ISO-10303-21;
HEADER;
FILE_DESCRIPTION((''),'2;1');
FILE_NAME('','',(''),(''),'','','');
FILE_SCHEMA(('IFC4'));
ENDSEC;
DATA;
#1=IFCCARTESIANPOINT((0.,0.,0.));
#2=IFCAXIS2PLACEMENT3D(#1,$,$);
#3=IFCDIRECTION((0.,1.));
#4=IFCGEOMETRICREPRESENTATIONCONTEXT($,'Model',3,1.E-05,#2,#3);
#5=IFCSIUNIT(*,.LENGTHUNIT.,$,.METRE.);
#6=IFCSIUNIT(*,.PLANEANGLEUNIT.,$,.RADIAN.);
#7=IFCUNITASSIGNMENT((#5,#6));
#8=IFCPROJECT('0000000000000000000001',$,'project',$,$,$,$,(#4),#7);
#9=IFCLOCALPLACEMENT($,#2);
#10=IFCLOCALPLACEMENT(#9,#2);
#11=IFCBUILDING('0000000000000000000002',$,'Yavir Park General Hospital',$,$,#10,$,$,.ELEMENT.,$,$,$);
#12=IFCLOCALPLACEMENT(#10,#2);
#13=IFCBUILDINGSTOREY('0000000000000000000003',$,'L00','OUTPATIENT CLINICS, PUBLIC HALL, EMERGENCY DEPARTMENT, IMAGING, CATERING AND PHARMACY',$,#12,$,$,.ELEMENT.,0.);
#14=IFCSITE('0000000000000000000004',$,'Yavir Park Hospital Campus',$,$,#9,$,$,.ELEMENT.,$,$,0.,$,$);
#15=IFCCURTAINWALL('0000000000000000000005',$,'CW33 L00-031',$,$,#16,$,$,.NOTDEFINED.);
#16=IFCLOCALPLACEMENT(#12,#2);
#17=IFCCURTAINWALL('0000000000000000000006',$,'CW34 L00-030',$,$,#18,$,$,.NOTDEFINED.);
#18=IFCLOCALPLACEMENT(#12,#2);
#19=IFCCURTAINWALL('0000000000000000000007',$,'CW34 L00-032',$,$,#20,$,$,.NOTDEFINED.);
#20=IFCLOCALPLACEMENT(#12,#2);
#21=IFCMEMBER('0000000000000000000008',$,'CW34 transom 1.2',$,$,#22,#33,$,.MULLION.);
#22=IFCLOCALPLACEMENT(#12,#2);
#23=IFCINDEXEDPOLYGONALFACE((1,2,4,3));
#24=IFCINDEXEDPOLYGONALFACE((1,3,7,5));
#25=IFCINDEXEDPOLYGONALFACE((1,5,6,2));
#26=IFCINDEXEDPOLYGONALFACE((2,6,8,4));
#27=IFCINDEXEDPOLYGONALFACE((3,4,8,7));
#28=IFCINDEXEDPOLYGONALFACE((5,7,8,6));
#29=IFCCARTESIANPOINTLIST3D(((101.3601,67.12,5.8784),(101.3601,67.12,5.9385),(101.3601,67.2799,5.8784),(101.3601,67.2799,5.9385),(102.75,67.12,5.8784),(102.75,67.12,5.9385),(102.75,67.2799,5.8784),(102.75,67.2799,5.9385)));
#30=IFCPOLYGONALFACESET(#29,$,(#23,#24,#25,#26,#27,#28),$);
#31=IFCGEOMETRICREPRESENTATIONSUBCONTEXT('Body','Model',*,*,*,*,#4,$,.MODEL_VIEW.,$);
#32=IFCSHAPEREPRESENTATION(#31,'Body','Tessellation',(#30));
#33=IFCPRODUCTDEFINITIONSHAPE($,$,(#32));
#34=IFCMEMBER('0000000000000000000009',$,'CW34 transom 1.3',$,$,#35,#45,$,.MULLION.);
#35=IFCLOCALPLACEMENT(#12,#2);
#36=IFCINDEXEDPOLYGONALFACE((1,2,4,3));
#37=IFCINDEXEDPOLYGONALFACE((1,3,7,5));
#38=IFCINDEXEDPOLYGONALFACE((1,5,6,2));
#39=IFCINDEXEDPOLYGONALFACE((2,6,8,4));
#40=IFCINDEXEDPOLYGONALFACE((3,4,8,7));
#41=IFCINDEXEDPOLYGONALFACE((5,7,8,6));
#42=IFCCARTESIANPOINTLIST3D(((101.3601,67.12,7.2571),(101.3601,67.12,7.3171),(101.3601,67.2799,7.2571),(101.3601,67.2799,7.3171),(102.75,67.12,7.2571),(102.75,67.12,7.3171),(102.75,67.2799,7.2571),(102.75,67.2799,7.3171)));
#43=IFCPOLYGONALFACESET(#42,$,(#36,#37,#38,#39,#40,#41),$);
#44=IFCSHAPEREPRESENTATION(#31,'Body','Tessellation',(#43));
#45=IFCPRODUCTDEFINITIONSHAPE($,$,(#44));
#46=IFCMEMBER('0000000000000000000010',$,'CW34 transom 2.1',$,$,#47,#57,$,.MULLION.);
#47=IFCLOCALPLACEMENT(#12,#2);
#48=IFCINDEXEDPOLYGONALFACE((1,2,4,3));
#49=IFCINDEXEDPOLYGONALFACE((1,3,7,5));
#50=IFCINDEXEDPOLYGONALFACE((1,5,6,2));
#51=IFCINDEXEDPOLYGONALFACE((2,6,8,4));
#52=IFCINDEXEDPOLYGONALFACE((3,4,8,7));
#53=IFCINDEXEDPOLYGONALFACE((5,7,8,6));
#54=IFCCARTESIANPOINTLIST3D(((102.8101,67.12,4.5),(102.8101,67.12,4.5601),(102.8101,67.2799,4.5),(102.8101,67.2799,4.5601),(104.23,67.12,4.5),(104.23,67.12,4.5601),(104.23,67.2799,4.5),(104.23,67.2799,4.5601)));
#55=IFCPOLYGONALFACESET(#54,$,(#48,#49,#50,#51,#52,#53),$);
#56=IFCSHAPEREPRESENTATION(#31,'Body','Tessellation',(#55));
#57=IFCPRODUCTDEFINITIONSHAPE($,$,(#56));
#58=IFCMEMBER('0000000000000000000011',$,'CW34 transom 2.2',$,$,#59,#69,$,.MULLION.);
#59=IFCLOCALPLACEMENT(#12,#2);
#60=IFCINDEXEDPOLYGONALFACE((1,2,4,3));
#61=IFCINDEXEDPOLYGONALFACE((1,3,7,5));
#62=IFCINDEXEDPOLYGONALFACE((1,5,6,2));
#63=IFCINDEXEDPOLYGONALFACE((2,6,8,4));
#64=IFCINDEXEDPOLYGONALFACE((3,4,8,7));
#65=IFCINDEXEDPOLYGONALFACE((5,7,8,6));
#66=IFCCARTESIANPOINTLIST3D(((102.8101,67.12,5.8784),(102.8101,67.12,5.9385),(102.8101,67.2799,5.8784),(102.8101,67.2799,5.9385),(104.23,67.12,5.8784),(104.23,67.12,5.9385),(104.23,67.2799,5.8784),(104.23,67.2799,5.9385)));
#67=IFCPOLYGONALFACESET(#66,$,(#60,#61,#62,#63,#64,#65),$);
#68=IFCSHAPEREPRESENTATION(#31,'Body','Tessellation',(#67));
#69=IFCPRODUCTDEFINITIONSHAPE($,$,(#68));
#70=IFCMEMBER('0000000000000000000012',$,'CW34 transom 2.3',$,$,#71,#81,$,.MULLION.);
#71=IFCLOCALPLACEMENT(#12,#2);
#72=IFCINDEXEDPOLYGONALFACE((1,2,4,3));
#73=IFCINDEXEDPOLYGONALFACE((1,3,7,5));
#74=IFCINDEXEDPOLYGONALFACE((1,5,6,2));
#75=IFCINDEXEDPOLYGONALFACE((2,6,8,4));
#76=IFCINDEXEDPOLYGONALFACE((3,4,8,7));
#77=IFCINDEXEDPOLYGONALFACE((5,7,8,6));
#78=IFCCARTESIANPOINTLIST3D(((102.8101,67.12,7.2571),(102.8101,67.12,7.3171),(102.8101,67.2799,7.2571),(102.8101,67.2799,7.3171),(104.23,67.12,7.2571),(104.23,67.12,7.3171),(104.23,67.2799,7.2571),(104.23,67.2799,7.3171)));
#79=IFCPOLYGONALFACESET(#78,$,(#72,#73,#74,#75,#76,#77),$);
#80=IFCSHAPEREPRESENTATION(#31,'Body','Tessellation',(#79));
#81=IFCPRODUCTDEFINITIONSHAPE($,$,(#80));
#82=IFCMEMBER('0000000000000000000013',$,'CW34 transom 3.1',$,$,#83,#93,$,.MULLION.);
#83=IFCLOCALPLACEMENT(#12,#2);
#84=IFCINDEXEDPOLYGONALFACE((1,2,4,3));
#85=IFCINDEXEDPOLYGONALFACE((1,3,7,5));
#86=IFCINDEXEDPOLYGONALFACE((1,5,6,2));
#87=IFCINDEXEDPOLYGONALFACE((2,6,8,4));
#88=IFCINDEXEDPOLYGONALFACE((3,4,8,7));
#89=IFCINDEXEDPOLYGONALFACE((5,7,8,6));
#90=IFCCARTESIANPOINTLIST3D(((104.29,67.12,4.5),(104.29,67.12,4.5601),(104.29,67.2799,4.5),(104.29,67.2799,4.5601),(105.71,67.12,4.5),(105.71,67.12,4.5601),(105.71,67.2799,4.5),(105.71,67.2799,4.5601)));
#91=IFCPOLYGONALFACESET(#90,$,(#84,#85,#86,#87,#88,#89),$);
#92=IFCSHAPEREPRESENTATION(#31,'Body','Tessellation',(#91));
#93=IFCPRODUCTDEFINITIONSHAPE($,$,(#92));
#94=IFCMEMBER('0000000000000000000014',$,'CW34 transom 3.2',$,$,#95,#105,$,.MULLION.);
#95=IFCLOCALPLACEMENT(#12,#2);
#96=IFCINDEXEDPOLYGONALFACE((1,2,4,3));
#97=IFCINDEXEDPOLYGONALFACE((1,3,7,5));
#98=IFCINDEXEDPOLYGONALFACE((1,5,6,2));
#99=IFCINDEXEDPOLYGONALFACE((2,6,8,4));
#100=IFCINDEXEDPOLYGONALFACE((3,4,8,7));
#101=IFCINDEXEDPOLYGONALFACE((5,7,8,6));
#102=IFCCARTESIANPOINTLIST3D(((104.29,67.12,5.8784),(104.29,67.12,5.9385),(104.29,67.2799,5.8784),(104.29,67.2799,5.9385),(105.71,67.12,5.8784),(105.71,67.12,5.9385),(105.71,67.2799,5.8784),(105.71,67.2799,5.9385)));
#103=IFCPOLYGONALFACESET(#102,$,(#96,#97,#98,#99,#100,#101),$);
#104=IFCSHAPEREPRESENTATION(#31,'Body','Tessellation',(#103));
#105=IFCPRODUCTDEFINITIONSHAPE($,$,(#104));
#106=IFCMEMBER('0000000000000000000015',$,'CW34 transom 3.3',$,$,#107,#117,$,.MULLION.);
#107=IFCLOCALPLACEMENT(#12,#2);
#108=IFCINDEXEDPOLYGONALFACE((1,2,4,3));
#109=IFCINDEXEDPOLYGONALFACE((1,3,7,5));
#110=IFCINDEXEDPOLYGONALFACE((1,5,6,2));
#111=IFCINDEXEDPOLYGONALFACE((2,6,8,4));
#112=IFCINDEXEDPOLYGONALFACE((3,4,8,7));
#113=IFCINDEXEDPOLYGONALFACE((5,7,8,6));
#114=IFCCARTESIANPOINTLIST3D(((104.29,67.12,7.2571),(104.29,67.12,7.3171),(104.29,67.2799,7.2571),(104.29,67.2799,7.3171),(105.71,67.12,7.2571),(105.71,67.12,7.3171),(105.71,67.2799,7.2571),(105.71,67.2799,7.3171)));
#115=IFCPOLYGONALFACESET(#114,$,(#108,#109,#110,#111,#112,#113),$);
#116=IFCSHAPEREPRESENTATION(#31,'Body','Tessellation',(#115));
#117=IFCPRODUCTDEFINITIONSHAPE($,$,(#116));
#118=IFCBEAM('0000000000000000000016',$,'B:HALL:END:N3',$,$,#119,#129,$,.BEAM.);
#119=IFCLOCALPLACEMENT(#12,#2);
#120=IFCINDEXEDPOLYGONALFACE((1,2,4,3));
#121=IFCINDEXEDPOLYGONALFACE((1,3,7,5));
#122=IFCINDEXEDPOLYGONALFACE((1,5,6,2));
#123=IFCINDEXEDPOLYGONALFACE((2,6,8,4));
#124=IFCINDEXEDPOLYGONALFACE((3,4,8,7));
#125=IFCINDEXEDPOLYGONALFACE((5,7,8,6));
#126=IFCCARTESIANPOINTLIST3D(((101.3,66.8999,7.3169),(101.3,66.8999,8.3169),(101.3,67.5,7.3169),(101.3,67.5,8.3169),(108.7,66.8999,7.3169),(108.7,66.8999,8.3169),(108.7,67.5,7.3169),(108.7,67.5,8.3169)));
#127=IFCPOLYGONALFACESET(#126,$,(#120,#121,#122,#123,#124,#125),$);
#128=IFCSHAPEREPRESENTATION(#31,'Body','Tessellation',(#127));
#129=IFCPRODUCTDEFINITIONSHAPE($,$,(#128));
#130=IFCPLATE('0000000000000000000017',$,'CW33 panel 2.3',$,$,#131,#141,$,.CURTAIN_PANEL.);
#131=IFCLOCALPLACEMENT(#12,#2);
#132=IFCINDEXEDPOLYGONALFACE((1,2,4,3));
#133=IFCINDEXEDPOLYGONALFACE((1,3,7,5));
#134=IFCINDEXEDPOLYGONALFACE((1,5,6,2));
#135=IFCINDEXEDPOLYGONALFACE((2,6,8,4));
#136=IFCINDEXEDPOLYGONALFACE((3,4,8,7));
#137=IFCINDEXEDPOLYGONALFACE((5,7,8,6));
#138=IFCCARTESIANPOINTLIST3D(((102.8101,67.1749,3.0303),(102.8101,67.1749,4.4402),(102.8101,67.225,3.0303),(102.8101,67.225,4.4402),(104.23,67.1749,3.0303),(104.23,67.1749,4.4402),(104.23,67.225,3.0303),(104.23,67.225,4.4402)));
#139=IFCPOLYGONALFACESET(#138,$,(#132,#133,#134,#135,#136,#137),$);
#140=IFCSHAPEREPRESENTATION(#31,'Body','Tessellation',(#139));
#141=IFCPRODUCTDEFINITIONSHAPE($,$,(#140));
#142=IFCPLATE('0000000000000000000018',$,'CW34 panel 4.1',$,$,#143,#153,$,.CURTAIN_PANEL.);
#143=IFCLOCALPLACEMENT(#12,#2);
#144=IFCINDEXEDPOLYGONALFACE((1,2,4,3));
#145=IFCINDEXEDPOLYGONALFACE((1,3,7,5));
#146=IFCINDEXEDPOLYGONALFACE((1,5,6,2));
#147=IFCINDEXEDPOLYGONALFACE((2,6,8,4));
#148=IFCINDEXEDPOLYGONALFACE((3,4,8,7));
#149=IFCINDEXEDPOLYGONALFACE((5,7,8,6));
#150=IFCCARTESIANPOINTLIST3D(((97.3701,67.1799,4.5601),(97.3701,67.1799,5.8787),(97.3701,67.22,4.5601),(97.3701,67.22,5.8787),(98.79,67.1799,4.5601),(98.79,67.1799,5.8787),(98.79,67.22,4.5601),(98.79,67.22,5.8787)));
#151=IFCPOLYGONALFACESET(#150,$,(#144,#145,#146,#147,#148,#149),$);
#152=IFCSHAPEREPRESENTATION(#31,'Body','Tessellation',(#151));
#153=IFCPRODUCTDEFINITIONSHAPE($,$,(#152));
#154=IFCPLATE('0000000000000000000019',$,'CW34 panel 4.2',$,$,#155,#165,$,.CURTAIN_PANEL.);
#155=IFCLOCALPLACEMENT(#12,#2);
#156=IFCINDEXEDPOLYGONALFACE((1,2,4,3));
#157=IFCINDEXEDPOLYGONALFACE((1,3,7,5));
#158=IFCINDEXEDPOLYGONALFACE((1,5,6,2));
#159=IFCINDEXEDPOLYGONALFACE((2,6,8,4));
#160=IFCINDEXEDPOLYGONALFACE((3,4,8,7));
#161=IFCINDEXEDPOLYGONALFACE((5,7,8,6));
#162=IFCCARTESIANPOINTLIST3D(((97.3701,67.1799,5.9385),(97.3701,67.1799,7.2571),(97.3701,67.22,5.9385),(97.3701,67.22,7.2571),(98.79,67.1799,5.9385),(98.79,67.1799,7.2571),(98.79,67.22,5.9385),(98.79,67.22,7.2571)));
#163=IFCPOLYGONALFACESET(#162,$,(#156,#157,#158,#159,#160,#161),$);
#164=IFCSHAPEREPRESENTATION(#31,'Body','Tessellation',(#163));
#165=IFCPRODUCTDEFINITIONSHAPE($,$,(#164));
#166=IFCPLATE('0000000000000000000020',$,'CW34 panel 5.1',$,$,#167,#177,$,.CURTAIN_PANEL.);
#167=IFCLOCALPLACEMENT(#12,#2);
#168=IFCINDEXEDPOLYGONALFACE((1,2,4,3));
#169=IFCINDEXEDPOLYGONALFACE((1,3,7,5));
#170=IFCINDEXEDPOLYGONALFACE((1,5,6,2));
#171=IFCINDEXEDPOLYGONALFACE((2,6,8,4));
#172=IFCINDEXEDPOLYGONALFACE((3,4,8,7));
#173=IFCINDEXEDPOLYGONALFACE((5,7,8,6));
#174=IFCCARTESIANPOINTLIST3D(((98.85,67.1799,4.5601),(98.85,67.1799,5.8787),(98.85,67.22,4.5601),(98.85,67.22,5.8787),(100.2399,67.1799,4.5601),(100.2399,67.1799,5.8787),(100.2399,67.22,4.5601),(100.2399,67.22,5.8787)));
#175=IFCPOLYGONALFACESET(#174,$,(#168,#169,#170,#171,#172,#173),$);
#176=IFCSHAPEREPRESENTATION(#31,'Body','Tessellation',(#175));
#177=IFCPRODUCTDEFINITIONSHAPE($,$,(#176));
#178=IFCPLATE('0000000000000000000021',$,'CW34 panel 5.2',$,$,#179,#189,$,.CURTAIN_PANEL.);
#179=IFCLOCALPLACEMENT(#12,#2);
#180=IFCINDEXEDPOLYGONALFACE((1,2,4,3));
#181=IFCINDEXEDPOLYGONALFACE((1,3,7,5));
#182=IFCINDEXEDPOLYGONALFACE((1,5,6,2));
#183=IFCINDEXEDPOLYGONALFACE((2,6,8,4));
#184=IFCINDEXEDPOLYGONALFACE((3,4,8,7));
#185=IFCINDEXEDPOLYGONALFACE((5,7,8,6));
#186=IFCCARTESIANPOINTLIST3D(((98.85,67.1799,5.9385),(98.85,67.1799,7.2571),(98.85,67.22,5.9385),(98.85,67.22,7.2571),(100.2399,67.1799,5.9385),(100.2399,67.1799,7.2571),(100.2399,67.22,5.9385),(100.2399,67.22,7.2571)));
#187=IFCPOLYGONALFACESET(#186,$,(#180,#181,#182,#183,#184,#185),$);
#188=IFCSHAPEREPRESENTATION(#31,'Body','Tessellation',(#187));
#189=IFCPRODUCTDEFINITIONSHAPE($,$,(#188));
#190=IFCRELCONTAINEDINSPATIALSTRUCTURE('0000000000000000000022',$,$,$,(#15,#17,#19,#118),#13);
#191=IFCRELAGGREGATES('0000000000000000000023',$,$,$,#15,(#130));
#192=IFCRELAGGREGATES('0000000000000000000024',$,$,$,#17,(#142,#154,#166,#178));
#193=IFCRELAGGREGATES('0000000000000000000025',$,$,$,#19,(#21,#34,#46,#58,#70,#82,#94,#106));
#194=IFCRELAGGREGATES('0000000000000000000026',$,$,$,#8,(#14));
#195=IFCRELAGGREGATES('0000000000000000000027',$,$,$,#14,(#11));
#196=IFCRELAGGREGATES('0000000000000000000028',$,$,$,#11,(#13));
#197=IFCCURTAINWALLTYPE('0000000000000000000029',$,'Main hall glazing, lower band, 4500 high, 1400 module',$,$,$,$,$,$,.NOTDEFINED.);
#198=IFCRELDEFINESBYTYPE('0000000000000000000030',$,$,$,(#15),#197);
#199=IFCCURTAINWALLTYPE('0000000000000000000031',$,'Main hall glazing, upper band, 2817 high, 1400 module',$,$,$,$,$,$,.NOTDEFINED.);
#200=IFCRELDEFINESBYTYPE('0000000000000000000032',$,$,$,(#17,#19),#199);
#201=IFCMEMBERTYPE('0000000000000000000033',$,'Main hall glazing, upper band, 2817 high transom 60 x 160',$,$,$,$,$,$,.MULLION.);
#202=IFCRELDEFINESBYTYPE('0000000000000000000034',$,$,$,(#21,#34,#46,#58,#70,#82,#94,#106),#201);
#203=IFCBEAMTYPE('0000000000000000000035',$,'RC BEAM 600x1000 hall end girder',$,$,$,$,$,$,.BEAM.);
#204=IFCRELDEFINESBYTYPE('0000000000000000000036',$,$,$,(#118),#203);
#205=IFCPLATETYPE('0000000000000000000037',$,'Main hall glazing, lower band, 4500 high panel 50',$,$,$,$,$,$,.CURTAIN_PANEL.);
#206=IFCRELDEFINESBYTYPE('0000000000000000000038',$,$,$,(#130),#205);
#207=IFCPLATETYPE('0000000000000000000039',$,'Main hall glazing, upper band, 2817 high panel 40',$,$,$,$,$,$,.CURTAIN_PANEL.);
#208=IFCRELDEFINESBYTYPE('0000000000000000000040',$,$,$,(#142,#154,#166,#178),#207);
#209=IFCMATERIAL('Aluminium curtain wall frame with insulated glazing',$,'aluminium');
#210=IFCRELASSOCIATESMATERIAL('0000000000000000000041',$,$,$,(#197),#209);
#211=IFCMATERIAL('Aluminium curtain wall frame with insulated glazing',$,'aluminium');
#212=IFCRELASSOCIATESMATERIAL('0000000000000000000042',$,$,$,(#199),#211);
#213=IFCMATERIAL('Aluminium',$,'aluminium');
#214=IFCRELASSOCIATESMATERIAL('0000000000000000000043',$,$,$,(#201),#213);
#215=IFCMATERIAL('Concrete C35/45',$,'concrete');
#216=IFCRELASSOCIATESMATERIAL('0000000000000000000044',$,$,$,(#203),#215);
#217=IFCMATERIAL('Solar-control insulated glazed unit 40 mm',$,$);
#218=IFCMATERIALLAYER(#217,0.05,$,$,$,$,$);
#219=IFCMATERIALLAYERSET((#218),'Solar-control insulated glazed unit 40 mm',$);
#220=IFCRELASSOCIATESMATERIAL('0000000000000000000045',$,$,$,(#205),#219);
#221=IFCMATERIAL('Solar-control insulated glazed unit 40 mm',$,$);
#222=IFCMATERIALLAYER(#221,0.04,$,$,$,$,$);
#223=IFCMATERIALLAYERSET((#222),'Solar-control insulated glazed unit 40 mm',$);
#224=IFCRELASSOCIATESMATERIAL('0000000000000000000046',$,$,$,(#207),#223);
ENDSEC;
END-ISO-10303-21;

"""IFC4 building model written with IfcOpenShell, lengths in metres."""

from ifc_helpers import new_model, si_unit, direction, frame, origin, origin_2d, place, context, subcontext, project, spatial, rectangle, extrude, material, layer, layer_set, material_profile, profile_set, type_object, element, aggregate, save


model = new_model("IFC4")

# Units and contexts
model_context = context("Model", 3, precision=1e-05, world=origin(), true_north=direction((0.0, 1.0)))
body_context = subcontext(model_context, "Body", "Model", "MODEL_VIEW")
ifc_project = project(units=[si_unit("LENGTHUNIT", "METRE"), si_unit("PLANEANGLEUNIT", "RADIAN")], contexts=[model_context])

# Site, building, storey
site_placement = place(None, origin())
site = spatial("IfcSite", under=ifc_project, at=site_placement, Name="Yavir Park Hospital Campus", CompositionType="ELEMENT", RefElevation=0.0)
building_placement = place(site_placement, origin())
building = spatial("IfcBuilding", under=site, at=building_placement, Name="Yavir Park General Hospital", CompositionType="ELEMENT")
storey_placement = place(building_placement, origin())
storey = spatial("IfcBuildingStorey", under=building, at=storey_placement, Name="L00", Description="OUTPATIENT CLINICS, PUBLIC HALL, EMERGENCY DEPARTMENT, IMAGING, CATERING AND PHARMACY", CompositionType="ELEMENT", Elevation=0.0)

# Shared definitions
ifc_material_1 = material(Name="Aluminium curtain wall frame with insulated glazing", Category="aluminium")
curtain_wall_type_1 = type_object("IfcCurtainWallType", Name="Main hall glazing, lower band, 4500 high, 1400 module", PredefinedType="NOTDEFINED", material=ifc_material_1)

# Curtain walls
curtain_wall_1_placement = place(storey_placement, origin())
curtain_wall_1 = element("IfcCurtainWall", 1, at=curtain_wall_1_placement, inside=storey, type_object=curtain_wall_type_1, Name="CW33 L00-031", PredefinedType="NOTDEFINED")
ifc_material_2 = material(Name="Aluminium curtain wall frame with insulated glazing", Category="aluminium")
curtain_wall_type_2 = type_object("IfcCurtainWallType", Name="Main hall glazing, upper band, 2817 high, 1400 module", PredefinedType="NOTDEFINED", material=ifc_material_2)
curtain_wall_2_placement = place(storey_placement, origin())
curtain_wall_2 = element("IfcCurtainWall", 2, at=curtain_wall_2_placement, inside=storey, type_object=curtain_wall_type_2, Name="CW34 L00-030", PredefinedType="NOTDEFINED")
curtain_wall_3_placement = place(storey_placement, origin())
curtain_wall_3 = element("IfcCurtainWall", 3, at=curtain_wall_3_placement, inside=storey, type_object=curtain_wall_type_2, Name="CW34 L00-032", PredefinedType="NOTDEFINED")

# Members
ifc_material_3 = material(Name="Aluminium", Category="aluminium")
ifc_material_profile_1 = material_profile(ifc_material_3, rectangle(XDim=0.1599, YDim=0.0601, at=origin_2d()), Name="AL 160x60")
ifc_profile_set_1 = profile_set([ifc_material_profile_1], Name="Aluminium")
member_type_1 = type_object("IfcMemberType", Name="Main hall glazing, upper band, 2817 high transom 60 x 160", PredefinedType="MULLION", material=ifc_profile_set_1)
member_1_placement = place(storey_placement, frame((101.3601, 67.2, 5.9084), z_axis=(1.0, 0.0, 0.0), x_axis=(0.0, 1.0, 0.0)))
member_1 = element("IfcMember", 4, at=member_1_placement, type_object=member_type_1, Name="CW34 transom 1.2", PredefinedType="MULLION", context=body_context, shape_type="SweptSolid", body=[
    extrude(rectangle(XDim=0.1599, YDim=0.0601, at=origin_2d()), origin(), (0.0, 0.0, 1.0), 1.3899),
])
member_2_placement = place(storey_placement, frame((101.3601, 67.2, 7.2871), z_axis=(1.0, 0.0, 0.0), x_axis=(0.0, 1.0, 0.0)))
member_2 = element("IfcMember", 5, at=member_2_placement, type_object=member_type_1, Name="CW34 transom 1.3", PredefinedType="MULLION", context=body_context, shape_type="SweptSolid", body=[
    extrude(rectangle(XDim=0.1599, YDim=0.0601, at=origin_2d()), origin(), (0.0, 0.0, 1.0), 1.3899),
])
member_3_placement = place(storey_placement, frame((102.8101, 67.2, 4.53), z_axis=(1.0, 0.0, 0.0), x_axis=(0.0, 1.0, 0.0)))
member_3 = element("IfcMember", 6, at=member_3_placement, type_object=member_type_1, Name="CW34 transom 2.1", PredefinedType="MULLION", context=body_context, shape_type="SweptSolid", body=[
    extrude(rectangle(XDim=0.1599, YDim=0.0601, at=origin_2d()), origin(), (0.0, 0.0, 1.0), 1.4199),
])
member_4_placement = place(storey_placement, frame((102.8101, 67.2, 5.9084), z_axis=(1.0, 0.0, 0.0), x_axis=(0.0, 1.0, 0.0)))
member_4 = element("IfcMember", 7, at=member_4_placement, type_object=member_type_1, Name="CW34 transom 2.2", PredefinedType="MULLION", context=body_context, shape_type="SweptSolid", body=[
    extrude(rectangle(XDim=0.1599, YDim=0.0601, at=origin_2d()), origin(), (0.0, 0.0, 1.0), 1.4199),
])
member_5_placement = place(storey_placement, frame((102.8101, 67.2, 7.2871), z_axis=(1.0, 0.0, 0.0), x_axis=(0.0, 1.0, 0.0)))
member_5 = element("IfcMember", 8, at=member_5_placement, type_object=member_type_1, Name="CW34 transom 2.3", PredefinedType="MULLION", context=body_context, shape_type="SweptSolid", body=[
    extrude(rectangle(XDim=0.1599, YDim=0.0601, at=origin_2d()), origin(), (0.0, 0.0, 1.0), 1.4199),
])
member_6_placement = place(storey_placement, frame((104.29, 67.2, 4.53), z_axis=(1.0, 0.0, 0.0), x_axis=(0.0, 1.0, 0.0)))
member_6 = element("IfcMember", 9, at=member_6_placement, type_object=member_type_1, Name="CW34 transom 3.1", PredefinedType="MULLION", context=body_context, shape_type="SweptSolid", body=[
    extrude(rectangle(XDim=0.1599, YDim=0.0601, at=origin_2d()), origin(), (0.0, 0.0, 1.0), 1.4199),
])
member_7_placement = place(storey_placement, frame((104.29, 67.2, 5.9084), z_axis=(1.0, 0.0, 0.0), x_axis=(0.0, 1.0, 0.0)))
member_7 = element("IfcMember", 10, at=member_7_placement, type_object=member_type_1, Name="CW34 transom 3.2", PredefinedType="MULLION", context=body_context, shape_type="SweptSolid", body=[
    extrude(rectangle(XDim=0.1599, YDim=0.0601, at=origin_2d()), origin(), (0.0, 0.0, 1.0), 1.4199),
])
member_8_placement = place(storey_placement, frame((104.29, 67.2, 7.2871), z_axis=(1.0, 0.0, 0.0), x_axis=(0.0, 1.0, 0.0)))
member_8 = element("IfcMember", 11, at=member_8_placement, type_object=member_type_1, Name="CW34 transom 3.3", PredefinedType="MULLION", context=body_context, shape_type="SweptSolid", body=[
    extrude(rectangle(XDim=0.1599, YDim=0.0601, at=origin_2d()), origin(), (0.0, 0.0, 1.0), 1.4199),
])

# Beam
ifc_material_4 = material(Name="Concrete C35/45", Category="concrete")
ifc_material_profile_2 = material_profile(ifc_material_4, rectangle(XDim=0.6001, YDim=1.0, at=origin_2d()), Name="RC600x1000")
ifc_profile_set_2 = profile_set([ifc_material_profile_2], Name="Concrete C35/45")
beam_type = type_object("IfcBeamType", Name="RC BEAM 600x1000 hall end girder", PredefinedType="BEAM", material=ifc_profile_set_2)
beam_placement = place(storey_placement, frame((101.3, 67.2, 7.8169), z_axis=(1.0, 0.0, 0.0), x_axis=(0.0, 1.0, 0.0)))
element("IfcBeam", 12, at=beam_placement, inside=storey, type_object=beam_type, Name="B:HALL:END:N3", PredefinedType="BEAM", context=body_context, shape_type="SweptSolid", body=[
    extrude(rectangle(XDim=0.6001, YDim=1.0, at=origin_2d()), origin(), (0.0, 0.0, 1.0), 7.3999),
])

# Plates
ifc_material_5 = material(Name="Solar-control insulated glazed unit 40 mm")
ifc_layer_1 = layer(ifc_material_5, 0.05)
ifc_layer_set_1 = layer_set([ifc_layer_1], Name="Solar-control insulated glazed unit 40 mm")
plate_type_1 = type_object("IfcPlateType", Name="Main hall glazing, lower band, 4500 high panel 50", PredefinedType="CURTAIN_PANEL", material=ifc_layer_set_1)
plate_1_placement = place(storey_placement, frame((103.52, 67.2, 3.0303), z_axis=(0.0, 0.0, 1.0), x_axis=(1.0, 0.0, 0.0)))
plate_1 = element("IfcPlate", 13, at=plate_1_placement, type_object=plate_type_1, Name="CW33 panel 2.3", PredefinedType="CURTAIN_PANEL", context=body_context, shape_type="SweptSolid", body=[
    extrude(rectangle(XDim=1.4199, YDim=0.05, at=origin_2d()), origin(), (0.0, 0.0, 1.0), 1.4099),
])
aggregate(curtain_wall_1, [plate_1])
ifc_material_6 = material(Name="Solar-control insulated glazed unit 40 mm")
ifc_layer_2 = layer(ifc_material_6, 0.04)
ifc_layer_set_2 = layer_set([ifc_layer_2], Name="Solar-control insulated glazed unit 40 mm")
plate_type_2 = type_object("IfcPlateType", Name="Main hall glazing, upper band, 2817 high panel 40", PredefinedType="CURTAIN_PANEL", material=ifc_layer_set_2)
plate_2_placement = place(storey_placement, frame((98.0801, 67.2, 4.5601), z_axis=(0.0, 0.0, 1.0), x_axis=(1.0, 0.0, 0.0)))
plate_2 = element("IfcPlate", 14, at=plate_2_placement, type_object=plate_type_2, Name="CW34 panel 4.1", PredefinedType="CURTAIN_PANEL", context=body_context, shape_type="SweptSolid", body=[
    extrude(rectangle(XDim=1.4199, YDim=0.04, at=origin_2d()), origin(), (0.0, 0.0, 1.0), 1.3186),
])
plate_3_placement = place(storey_placement, frame((98.0801, 67.2, 5.9385), z_axis=(0.0, 0.0, 1.0), x_axis=(1.0, 0.0, 0.0)))
plate_3 = element("IfcPlate", 15, at=plate_3_placement, type_object=plate_type_2, Name="CW34 panel 4.2", PredefinedType="CURTAIN_PANEL", context=body_context, shape_type="SweptSolid", body=[
    extrude(rectangle(XDim=1.4199, YDim=0.04, at=origin_2d()), origin(), (0.0, 0.0, 1.0), 1.3186),
])
plate_4_placement = place(storey_placement, frame((99.5449, 67.2, 4.5601), z_axis=(0.0, 0.0, 1.0), x_axis=(1.0, 0.0, 0.0)))
plate_4 = element("IfcPlate", 16, at=plate_4_placement, type_object=plate_type_2, Name="CW34 panel 5.1", PredefinedType="CURTAIN_PANEL", context=body_context, shape_type="SweptSolid", body=[
    extrude(rectangle(XDim=1.3899, YDim=0.04, at=origin_2d()), origin(), (0.0, 0.0, 1.0), 1.3186),
])
plate_5_placement = place(storey_placement, frame((99.5449, 67.2, 5.9385), z_axis=(0.0, 0.0, 1.0), x_axis=(1.0, 0.0, 0.0)))
plate_5 = element("IfcPlate", 17, at=plate_5_placement, type_object=plate_type_2, Name="CW34 panel 5.2", PredefinedType="CURTAIN_PANEL", context=body_context, shape_type="SweptSolid", body=[
    extrude(rectangle(XDim=1.3899, YDim=0.04, at=origin_2d()), origin(), (0.0, 0.0, 1.0), 1.3186),
])
aggregate(curtain_wall_2, [plate_2, plate_3, plate_4, plate_5])
aggregate(curtain_wall_3, [member_1, member_2, member_3, member_4, member_5, member_6, member_7, member_8])

save(model, "model.ifc")
